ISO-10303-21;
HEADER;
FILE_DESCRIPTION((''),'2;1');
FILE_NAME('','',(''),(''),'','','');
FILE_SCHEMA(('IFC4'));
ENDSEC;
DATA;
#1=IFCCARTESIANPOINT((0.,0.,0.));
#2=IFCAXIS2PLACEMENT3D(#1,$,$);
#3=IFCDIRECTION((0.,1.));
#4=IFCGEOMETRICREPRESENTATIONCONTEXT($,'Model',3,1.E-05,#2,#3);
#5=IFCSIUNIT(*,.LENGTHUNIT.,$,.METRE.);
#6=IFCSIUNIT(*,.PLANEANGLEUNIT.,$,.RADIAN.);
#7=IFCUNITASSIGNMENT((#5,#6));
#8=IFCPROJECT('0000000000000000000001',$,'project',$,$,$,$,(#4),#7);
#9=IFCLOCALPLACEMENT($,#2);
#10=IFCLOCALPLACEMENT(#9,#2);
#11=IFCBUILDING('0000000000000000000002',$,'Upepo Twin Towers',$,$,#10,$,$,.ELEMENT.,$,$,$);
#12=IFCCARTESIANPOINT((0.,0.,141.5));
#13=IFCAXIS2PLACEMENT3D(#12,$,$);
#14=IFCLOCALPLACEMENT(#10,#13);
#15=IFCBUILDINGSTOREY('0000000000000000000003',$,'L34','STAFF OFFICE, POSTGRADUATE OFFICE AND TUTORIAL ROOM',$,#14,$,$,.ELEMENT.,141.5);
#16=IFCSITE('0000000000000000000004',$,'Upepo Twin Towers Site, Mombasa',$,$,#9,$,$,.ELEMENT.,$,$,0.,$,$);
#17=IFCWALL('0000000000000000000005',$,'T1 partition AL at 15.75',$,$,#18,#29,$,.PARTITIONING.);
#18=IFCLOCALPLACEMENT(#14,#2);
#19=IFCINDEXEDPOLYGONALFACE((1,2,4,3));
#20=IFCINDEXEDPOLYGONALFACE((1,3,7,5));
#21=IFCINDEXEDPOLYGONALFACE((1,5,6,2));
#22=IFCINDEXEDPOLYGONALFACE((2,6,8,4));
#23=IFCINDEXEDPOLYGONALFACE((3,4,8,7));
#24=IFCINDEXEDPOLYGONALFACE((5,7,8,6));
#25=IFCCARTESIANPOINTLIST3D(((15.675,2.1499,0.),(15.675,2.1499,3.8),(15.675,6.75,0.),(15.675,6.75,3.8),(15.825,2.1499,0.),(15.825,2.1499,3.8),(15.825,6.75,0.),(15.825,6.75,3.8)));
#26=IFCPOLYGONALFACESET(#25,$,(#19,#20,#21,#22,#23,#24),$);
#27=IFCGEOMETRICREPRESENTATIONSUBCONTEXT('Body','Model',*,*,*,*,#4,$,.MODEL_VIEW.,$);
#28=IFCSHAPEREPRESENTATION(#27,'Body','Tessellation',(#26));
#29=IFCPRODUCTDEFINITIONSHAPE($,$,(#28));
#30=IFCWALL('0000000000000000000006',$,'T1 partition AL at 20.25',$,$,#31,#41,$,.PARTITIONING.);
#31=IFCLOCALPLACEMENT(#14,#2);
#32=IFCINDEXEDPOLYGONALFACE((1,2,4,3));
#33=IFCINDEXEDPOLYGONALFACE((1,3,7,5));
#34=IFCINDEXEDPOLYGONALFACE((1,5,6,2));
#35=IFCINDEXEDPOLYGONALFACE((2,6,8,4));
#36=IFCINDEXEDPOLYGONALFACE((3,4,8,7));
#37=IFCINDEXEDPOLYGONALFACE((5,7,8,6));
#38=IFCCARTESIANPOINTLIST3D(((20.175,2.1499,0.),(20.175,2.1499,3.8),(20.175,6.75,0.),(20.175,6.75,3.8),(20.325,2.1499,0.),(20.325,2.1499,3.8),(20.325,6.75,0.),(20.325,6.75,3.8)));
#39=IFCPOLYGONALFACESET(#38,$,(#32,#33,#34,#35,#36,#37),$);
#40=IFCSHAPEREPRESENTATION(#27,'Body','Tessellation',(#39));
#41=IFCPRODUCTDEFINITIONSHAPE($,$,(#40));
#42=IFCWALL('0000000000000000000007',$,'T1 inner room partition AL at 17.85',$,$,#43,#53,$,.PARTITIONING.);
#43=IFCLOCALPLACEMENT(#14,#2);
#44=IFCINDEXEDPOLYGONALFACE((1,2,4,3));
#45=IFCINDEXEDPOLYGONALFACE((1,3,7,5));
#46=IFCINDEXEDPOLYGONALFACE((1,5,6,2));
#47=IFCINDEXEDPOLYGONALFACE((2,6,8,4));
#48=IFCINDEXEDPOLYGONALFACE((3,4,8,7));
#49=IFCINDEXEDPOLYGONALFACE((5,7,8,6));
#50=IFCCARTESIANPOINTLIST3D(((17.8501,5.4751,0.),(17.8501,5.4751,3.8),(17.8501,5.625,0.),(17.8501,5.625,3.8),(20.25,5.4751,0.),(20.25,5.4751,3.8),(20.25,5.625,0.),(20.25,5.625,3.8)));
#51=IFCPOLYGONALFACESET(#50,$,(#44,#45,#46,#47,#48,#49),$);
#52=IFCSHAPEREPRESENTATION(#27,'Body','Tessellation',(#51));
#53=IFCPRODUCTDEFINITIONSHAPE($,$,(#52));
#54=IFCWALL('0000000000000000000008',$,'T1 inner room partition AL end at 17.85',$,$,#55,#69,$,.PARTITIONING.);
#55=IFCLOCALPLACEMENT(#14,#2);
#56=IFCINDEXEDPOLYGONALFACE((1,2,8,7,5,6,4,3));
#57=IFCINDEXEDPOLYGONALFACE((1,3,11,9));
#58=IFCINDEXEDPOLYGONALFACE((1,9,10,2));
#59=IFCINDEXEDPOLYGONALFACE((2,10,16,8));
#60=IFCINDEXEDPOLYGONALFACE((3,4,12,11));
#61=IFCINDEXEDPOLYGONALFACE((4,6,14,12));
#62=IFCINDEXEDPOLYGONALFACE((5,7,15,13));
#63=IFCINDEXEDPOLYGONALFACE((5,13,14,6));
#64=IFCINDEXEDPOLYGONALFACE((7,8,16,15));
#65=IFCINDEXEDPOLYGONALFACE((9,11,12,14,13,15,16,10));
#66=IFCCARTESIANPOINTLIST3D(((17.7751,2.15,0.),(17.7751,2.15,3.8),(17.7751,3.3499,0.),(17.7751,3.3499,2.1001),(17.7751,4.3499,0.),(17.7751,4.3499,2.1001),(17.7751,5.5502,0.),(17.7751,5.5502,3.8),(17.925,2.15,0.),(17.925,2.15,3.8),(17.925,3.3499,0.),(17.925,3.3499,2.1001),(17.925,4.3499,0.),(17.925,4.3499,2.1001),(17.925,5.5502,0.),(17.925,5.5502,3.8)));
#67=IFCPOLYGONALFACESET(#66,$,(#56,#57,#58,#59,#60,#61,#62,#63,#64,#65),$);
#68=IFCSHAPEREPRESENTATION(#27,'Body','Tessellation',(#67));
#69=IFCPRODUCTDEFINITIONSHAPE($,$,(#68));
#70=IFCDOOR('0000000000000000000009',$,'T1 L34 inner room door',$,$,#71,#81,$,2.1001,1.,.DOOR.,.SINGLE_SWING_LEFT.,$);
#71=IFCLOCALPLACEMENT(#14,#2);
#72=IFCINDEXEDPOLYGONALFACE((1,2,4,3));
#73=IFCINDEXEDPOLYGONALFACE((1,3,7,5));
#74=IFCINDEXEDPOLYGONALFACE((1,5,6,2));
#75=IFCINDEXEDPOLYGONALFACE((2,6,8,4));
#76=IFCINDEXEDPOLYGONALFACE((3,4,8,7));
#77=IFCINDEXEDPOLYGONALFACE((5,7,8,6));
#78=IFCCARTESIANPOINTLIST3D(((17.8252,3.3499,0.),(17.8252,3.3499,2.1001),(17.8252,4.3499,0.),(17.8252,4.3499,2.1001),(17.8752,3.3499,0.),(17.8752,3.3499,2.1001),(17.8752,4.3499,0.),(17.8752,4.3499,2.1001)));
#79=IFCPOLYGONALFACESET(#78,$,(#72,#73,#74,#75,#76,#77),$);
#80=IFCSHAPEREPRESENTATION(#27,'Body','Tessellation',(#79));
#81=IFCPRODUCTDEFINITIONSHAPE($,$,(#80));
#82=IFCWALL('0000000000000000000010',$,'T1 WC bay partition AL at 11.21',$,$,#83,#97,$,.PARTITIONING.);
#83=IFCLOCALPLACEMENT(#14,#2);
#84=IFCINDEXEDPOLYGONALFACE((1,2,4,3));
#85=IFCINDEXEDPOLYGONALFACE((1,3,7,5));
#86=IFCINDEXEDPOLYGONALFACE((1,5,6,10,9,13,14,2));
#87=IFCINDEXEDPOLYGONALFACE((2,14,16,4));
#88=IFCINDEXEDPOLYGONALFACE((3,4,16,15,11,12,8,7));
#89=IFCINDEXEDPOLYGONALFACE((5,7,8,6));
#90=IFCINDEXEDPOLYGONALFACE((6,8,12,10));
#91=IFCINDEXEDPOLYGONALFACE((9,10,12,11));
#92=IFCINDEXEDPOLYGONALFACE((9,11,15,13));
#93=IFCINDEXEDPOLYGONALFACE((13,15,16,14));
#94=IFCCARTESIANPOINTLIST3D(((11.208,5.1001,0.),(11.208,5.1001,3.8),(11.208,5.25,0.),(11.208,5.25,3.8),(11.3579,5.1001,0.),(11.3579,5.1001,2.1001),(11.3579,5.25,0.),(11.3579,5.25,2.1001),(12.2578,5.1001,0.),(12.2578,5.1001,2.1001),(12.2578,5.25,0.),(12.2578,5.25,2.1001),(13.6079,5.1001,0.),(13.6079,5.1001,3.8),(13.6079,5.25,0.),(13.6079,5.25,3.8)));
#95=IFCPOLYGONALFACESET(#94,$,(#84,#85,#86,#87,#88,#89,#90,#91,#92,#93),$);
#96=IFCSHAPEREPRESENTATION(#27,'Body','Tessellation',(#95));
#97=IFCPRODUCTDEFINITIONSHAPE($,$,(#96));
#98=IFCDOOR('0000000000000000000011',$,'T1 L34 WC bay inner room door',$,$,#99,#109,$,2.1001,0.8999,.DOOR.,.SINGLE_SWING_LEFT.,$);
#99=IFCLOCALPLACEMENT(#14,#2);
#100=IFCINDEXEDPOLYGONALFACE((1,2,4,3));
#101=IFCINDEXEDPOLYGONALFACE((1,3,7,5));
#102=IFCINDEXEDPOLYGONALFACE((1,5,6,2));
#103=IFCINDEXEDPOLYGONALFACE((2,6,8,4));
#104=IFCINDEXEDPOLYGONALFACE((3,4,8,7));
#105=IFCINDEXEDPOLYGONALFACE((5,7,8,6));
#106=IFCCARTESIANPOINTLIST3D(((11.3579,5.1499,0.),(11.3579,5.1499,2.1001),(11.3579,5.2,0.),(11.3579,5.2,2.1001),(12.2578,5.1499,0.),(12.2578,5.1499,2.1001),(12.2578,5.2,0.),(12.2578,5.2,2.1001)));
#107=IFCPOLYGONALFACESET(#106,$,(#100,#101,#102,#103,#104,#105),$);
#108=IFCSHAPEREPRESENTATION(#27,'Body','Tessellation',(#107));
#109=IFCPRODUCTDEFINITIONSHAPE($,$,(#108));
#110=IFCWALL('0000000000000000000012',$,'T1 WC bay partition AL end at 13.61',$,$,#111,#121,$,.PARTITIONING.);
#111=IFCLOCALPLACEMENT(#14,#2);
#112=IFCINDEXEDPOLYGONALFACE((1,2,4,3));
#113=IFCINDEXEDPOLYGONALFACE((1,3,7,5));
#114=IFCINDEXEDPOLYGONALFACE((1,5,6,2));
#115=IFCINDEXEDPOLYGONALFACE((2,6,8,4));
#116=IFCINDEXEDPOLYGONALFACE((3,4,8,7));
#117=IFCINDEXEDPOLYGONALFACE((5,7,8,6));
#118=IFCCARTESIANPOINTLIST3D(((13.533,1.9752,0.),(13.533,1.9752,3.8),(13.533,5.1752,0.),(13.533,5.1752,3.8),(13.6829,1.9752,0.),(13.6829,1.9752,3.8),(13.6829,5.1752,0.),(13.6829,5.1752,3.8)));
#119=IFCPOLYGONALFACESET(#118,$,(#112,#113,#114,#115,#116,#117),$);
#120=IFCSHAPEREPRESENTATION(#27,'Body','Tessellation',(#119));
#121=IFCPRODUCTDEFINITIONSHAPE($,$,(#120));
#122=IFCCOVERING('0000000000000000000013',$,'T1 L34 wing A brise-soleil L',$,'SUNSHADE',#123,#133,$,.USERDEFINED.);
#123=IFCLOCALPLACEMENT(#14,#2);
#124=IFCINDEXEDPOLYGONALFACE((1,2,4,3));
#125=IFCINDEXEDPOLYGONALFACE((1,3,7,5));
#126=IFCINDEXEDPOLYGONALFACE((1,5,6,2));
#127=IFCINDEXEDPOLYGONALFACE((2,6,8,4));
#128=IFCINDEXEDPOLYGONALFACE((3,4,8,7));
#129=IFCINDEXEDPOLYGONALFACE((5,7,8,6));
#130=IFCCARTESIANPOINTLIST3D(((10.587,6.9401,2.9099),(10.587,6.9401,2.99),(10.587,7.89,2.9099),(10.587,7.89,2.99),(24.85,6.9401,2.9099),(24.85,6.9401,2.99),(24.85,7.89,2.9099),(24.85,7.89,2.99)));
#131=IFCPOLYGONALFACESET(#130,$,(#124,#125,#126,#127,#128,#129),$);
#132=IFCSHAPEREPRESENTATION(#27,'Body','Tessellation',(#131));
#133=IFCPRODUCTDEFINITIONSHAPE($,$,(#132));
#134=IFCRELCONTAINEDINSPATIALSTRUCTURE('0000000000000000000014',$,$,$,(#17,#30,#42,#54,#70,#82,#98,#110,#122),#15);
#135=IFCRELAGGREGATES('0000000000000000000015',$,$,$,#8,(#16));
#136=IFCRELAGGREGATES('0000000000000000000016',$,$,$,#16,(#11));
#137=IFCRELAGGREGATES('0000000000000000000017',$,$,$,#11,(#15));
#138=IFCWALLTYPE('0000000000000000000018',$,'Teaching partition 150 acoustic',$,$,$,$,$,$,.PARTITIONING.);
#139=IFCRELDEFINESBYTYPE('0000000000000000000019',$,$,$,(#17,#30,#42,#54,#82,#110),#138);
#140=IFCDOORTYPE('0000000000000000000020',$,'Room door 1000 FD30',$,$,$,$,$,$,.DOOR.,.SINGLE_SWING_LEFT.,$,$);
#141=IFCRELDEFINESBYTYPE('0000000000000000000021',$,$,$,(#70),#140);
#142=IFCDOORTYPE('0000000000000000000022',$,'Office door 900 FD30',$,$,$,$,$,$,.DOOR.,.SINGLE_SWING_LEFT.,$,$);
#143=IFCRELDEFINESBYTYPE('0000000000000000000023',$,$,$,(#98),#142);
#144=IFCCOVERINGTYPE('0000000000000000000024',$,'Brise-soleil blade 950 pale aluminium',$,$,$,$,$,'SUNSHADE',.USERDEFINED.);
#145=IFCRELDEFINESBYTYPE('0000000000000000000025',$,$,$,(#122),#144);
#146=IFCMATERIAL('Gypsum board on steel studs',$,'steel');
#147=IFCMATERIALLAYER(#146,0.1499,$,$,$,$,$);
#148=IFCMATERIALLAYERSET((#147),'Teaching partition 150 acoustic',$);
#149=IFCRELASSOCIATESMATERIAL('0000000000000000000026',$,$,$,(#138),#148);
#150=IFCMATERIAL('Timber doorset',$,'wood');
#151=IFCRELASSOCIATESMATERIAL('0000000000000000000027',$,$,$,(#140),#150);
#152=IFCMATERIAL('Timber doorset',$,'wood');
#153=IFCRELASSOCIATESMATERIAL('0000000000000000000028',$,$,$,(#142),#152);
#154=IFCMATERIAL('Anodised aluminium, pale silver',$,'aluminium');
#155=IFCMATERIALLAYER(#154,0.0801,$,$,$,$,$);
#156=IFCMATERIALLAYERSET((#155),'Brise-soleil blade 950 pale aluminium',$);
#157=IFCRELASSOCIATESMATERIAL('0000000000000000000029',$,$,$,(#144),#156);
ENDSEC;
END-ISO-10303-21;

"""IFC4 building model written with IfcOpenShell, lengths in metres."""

from ifc_helpers import new_model, si_unit, direction, frame, frame_2d, origin, origin_2d, place, context, subcontext, project, spatial, rectangle, extrude, material, layer, layer_set, type_object, element, fill, save


model = new_model("IFC4")

# Units and contexts
model_context = context("Model", 3, precision=1e-05, world=origin(), true_north=direction((0.0, 1.0)))
body_context = subcontext(model_context, "Body", "Model", "MODEL_VIEW")
ifc_project = project(units=[si_unit("LENGTHUNIT", "METRE"), si_unit("PLANEANGLEUNIT", "RADIAN")], contexts=[model_context])

# Site, building, storey
site_placement = place(None, origin())
site = spatial("IfcSite", under=ifc_project, at=site_placement, Name="Upepo Twin Towers Site, Mombasa", CompositionType="ELEMENT", RefElevation=0.0)
building_placement = place(site_placement, origin())
building = spatial("IfcBuilding", under=site, at=building_placement, Name="Upepo Twin Towers", CompositionType="ELEMENT")
storey_placement = place(building_placement, frame((0.0, 0.0, 141.5)))
storey = spatial("IfcBuildingStorey", under=building, at=storey_placement, Name="L34", Description="STAFF OFFICE, POSTGRADUATE OFFICE AND TUTORIAL ROOM", CompositionType="ELEMENT", Elevation=141.5)

# Walls
ifc_material_1 = material(Name="Gypsum board on steel studs", Category="steel")
ifc_layer_1 = layer(ifc_material_1, 0.1499)
ifc_layer_set_1 = layer_set([ifc_layer_1], Name="Teaching partition 150 acoustic")
wall_type_1 = type_object("IfcWallType", Name="Teaching partition 150 acoustic", PredefinedType="PARTITIONING", material=ifc_layer_set_1)
for number, where, z_axis, x_axis, name in (
    (1, (15.75, 2.1499, 0.0), (0.0, 0.0, 1.0), (0.0, 1.0, 0.0), "T1 partition AL at 15.75"),
    (2, (20.25, 2.1499, 0.0), (0.0, 0.0, 1.0), (0.0, 1.0, 0.0), "T1 partition AL at 20.25"),
):
    element("IfcWall", number, at=place(storey_placement, frame(where, z_axis=z_axis, x_axis=x_axis)), inside=storey, type_object=wall_type_1, Name=name, PredefinedType="PARTITIONING", context=body_context, shape_type="SweptSolid", body=[
        extrude(rectangle(XDim=4.6001, YDim=0.1499, at=frame_2d((2.3, 0.0))), origin(), (0.0, 0.0, 1.0), 3.8),
    ])
wall_1_placement = place(storey_placement, frame((17.8501, 5.55, 0.0), z_axis=(0.0, 0.0, 1.0), x_axis=(1.0, 0.0, 0.0)))
element("IfcWall", 3, at=wall_1_placement, inside=storey, type_object=wall_type_1, Name="T1 inner room partition AL at 17.85", PredefinedType="PARTITIONING", context=body_context, shape_type="SweptSolid", body=[
    extrude(rectangle(XDim=2.3999, YDim=0.1499, at=frame_2d((1.2, 0.0))), origin(), (0.0, 0.0, 1.0), 3.8),
])

# Walls, openings, doors
wall_2_placement = place(storey_placement, frame((17.8501, 2.1499, 0.0), z_axis=(0.0, 0.0, 1.0), x_axis=(0.0, 1.0, 0.0)))
wall_2 = element("IfcWall", 4, at=wall_2_placement, inside=storey, type_object=wall_type_1, Name="T1 inner room partition AL end at 17.85", PredefinedType="PARTITIONING", context=body_context, shape_type="SweptSolid", body=[
    extrude(rectangle(XDim=3.4001, YDim=0.1499, at=frame_2d((1.7002, 0.0))), origin(), (0.0, 0.0, 1.0), 3.8),
])
opening_1_placement = place(wall_2_placement, frame((1.2, 0.0, 0.0)))
opening_1 = element("IfcOpeningElement", 5, at=opening_1_placement, cuts=wall_2, PredefinedType="OPENING", context=body_context, shape_type="SweptSolid", body=[
    extrude(rectangle(XDim=1.0, YDim=2.1001, at=frame_2d((0.5, 1.05))), frame((0.0, 0.085, 0.0), z_axis=(0.0, -1.0, 0.0), x_axis=(1.0, 0.0, 0.0)), (0.0, 0.0, 1.0), 0.1699),
])
ifc_material_2 = material(Name="Timber doorset", Category="wood")
door_type_1 = type_object("IfcDoorType", Name="Room door 1000 FD30", OperationType="SINGLE_SWING_LEFT", PredefinedType="DOOR", material=ifc_material_2)
door_1_placement = place(opening_1_placement, origin())
door_1 = element("IfcDoor", 6, at=door_1_placement, inside=storey, type_object=door_type_1, Name="T1 L34 inner room door", OperationType="SINGLE_SWING_LEFT", OverallHeight=2.1001, OverallWidth=1.0, PredefinedType="DOOR", context=body_context, shape_type="SweptSolid", body=[
    extrude(rectangle(XDim=1.0, YDim=2.1001, at=frame_2d((0.5, 1.05))), frame((0.0, 0.0249, 0.0), z_axis=(0.0, -1.0, 0.0), x_axis=(1.0, 0.0, 0.0)), (0.0, 0.0, 1.0), 0.05),
])
fill(opening_1, door_1)
wall_3_placement = place(storey_placement, frame((11.208, 5.175, 0.0), z_axis=(0.0, 0.0, 1.0), x_axis=(1.0, 0.0, 0.0)))
wall_3 = element("IfcWall", 7, at=wall_3_placement, inside=storey, type_object=wall_type_1, Name="T1 WC bay partition AL at 11.21", PredefinedType="PARTITIONING", context=body_context, shape_type="SweptSolid", body=[
    extrude(rectangle(XDim=2.3999, YDim=0.1499, at=frame_2d((1.2, 0.0))), origin(), (0.0, 0.0, 1.0), 3.8),
])
opening_2_placement = place(wall_3_placement, frame((0.1499, 0.0, 0.0)))
opening_2 = element("IfcOpeningElement", 8, at=opening_2_placement, cuts=wall_3, PredefinedType="OPENING", context=body_context, shape_type="SweptSolid", body=[
    extrude(rectangle(XDim=0.8999, YDim=2.1001, at=frame_2d((0.45, 1.05))), frame((0.0, 0.085, 0.0), z_axis=(0.0, -1.0, 0.0), x_axis=(1.0, 0.0, 0.0)), (0.0, 0.0, 1.0), 0.1699),
])
ifc_material_3 = material(Name="Timber doorset", Category="wood")
door_type_2 = type_object("IfcDoorType", Name="Office door 900 FD30", OperationType="SINGLE_SWING_LEFT", PredefinedType="DOOR", material=ifc_material_3)
door_2_placement = place(opening_2_placement, origin())
door_2 = element("IfcDoor", 9, at=door_2_placement, inside=storey, type_object=door_type_2, Name="T1 L34 WC bay inner room door", OperationType="SINGLE_SWING_LEFT", OverallHeight=2.1001, OverallWidth=0.8999, PredefinedType="DOOR", context=body_context, shape_type="SweptSolid", body=[
    extrude(rectangle(XDim=0.8999, YDim=2.1001, at=frame_2d((0.45, 1.05))), frame((0.0, 0.0249, 0.0), z_axis=(0.0, -1.0, 0.0), x_axis=(1.0, 0.0, 0.0)), (0.0, 0.0, 1.0), 0.05),
])
fill(opening_2, door_2)

# Wall
wall_4_placement = place(storey_placement, frame((13.6079, 1.9751, 0.0), z_axis=(0.0, 0.0, 1.0), x_axis=(0.0, 1.0, 0.0)))
element("IfcWall", 10, at=wall_4_placement, inside=storey, type_object=wall_type_1, Name="T1 WC bay partition AL end at 13.61", PredefinedType="PARTITIONING", context=body_context, shape_type="SweptSolid", body=[
    extrude(rectangle(XDim=3.2, YDim=0.1499, at=frame_2d((1.6001, 0.0))), origin(), (0.0, 0.0, 1.0), 3.8),
])

# Covering
ifc_material_4 = material(Name="Anodised aluminium, pale silver", Category="aluminium")
ifc_layer_2 = layer(ifc_material_4, 0.0801)
ifc_layer_set_2 = layer_set([ifc_layer_2], Name="Brise-soleil blade 950 pale aluminium")
covering_type = type_object("IfcCoveringType", Name="Brise-soleil blade 950 pale aluminium", ElementType="SUNSHADE", PredefinedType="USERDEFINED", material=ifc_layer_set_2)
covering_placement = place(storey_placement, frame((17.7185, 7.415, 2.9099), z_axis=(0.0, 0.0, 1.0), x_axis=(1.0, 0.0, 0.0)))
element("IfcCovering", 11, at=covering_placement, inside=storey, type_object=covering_type, Name="T1 L34 wing A brise-soleil L", ObjectType="SUNSHADE", PredefinedType="USERDEFINED", context=body_context, shape_type="SweptSolid", body=[
    extrude(rectangle(XDim=14.2629, YDim=0.95, at=origin_2d()), origin(), (0.0, 0.0, 1.0), 0.0801),
])

save(model, "model.ifc")
